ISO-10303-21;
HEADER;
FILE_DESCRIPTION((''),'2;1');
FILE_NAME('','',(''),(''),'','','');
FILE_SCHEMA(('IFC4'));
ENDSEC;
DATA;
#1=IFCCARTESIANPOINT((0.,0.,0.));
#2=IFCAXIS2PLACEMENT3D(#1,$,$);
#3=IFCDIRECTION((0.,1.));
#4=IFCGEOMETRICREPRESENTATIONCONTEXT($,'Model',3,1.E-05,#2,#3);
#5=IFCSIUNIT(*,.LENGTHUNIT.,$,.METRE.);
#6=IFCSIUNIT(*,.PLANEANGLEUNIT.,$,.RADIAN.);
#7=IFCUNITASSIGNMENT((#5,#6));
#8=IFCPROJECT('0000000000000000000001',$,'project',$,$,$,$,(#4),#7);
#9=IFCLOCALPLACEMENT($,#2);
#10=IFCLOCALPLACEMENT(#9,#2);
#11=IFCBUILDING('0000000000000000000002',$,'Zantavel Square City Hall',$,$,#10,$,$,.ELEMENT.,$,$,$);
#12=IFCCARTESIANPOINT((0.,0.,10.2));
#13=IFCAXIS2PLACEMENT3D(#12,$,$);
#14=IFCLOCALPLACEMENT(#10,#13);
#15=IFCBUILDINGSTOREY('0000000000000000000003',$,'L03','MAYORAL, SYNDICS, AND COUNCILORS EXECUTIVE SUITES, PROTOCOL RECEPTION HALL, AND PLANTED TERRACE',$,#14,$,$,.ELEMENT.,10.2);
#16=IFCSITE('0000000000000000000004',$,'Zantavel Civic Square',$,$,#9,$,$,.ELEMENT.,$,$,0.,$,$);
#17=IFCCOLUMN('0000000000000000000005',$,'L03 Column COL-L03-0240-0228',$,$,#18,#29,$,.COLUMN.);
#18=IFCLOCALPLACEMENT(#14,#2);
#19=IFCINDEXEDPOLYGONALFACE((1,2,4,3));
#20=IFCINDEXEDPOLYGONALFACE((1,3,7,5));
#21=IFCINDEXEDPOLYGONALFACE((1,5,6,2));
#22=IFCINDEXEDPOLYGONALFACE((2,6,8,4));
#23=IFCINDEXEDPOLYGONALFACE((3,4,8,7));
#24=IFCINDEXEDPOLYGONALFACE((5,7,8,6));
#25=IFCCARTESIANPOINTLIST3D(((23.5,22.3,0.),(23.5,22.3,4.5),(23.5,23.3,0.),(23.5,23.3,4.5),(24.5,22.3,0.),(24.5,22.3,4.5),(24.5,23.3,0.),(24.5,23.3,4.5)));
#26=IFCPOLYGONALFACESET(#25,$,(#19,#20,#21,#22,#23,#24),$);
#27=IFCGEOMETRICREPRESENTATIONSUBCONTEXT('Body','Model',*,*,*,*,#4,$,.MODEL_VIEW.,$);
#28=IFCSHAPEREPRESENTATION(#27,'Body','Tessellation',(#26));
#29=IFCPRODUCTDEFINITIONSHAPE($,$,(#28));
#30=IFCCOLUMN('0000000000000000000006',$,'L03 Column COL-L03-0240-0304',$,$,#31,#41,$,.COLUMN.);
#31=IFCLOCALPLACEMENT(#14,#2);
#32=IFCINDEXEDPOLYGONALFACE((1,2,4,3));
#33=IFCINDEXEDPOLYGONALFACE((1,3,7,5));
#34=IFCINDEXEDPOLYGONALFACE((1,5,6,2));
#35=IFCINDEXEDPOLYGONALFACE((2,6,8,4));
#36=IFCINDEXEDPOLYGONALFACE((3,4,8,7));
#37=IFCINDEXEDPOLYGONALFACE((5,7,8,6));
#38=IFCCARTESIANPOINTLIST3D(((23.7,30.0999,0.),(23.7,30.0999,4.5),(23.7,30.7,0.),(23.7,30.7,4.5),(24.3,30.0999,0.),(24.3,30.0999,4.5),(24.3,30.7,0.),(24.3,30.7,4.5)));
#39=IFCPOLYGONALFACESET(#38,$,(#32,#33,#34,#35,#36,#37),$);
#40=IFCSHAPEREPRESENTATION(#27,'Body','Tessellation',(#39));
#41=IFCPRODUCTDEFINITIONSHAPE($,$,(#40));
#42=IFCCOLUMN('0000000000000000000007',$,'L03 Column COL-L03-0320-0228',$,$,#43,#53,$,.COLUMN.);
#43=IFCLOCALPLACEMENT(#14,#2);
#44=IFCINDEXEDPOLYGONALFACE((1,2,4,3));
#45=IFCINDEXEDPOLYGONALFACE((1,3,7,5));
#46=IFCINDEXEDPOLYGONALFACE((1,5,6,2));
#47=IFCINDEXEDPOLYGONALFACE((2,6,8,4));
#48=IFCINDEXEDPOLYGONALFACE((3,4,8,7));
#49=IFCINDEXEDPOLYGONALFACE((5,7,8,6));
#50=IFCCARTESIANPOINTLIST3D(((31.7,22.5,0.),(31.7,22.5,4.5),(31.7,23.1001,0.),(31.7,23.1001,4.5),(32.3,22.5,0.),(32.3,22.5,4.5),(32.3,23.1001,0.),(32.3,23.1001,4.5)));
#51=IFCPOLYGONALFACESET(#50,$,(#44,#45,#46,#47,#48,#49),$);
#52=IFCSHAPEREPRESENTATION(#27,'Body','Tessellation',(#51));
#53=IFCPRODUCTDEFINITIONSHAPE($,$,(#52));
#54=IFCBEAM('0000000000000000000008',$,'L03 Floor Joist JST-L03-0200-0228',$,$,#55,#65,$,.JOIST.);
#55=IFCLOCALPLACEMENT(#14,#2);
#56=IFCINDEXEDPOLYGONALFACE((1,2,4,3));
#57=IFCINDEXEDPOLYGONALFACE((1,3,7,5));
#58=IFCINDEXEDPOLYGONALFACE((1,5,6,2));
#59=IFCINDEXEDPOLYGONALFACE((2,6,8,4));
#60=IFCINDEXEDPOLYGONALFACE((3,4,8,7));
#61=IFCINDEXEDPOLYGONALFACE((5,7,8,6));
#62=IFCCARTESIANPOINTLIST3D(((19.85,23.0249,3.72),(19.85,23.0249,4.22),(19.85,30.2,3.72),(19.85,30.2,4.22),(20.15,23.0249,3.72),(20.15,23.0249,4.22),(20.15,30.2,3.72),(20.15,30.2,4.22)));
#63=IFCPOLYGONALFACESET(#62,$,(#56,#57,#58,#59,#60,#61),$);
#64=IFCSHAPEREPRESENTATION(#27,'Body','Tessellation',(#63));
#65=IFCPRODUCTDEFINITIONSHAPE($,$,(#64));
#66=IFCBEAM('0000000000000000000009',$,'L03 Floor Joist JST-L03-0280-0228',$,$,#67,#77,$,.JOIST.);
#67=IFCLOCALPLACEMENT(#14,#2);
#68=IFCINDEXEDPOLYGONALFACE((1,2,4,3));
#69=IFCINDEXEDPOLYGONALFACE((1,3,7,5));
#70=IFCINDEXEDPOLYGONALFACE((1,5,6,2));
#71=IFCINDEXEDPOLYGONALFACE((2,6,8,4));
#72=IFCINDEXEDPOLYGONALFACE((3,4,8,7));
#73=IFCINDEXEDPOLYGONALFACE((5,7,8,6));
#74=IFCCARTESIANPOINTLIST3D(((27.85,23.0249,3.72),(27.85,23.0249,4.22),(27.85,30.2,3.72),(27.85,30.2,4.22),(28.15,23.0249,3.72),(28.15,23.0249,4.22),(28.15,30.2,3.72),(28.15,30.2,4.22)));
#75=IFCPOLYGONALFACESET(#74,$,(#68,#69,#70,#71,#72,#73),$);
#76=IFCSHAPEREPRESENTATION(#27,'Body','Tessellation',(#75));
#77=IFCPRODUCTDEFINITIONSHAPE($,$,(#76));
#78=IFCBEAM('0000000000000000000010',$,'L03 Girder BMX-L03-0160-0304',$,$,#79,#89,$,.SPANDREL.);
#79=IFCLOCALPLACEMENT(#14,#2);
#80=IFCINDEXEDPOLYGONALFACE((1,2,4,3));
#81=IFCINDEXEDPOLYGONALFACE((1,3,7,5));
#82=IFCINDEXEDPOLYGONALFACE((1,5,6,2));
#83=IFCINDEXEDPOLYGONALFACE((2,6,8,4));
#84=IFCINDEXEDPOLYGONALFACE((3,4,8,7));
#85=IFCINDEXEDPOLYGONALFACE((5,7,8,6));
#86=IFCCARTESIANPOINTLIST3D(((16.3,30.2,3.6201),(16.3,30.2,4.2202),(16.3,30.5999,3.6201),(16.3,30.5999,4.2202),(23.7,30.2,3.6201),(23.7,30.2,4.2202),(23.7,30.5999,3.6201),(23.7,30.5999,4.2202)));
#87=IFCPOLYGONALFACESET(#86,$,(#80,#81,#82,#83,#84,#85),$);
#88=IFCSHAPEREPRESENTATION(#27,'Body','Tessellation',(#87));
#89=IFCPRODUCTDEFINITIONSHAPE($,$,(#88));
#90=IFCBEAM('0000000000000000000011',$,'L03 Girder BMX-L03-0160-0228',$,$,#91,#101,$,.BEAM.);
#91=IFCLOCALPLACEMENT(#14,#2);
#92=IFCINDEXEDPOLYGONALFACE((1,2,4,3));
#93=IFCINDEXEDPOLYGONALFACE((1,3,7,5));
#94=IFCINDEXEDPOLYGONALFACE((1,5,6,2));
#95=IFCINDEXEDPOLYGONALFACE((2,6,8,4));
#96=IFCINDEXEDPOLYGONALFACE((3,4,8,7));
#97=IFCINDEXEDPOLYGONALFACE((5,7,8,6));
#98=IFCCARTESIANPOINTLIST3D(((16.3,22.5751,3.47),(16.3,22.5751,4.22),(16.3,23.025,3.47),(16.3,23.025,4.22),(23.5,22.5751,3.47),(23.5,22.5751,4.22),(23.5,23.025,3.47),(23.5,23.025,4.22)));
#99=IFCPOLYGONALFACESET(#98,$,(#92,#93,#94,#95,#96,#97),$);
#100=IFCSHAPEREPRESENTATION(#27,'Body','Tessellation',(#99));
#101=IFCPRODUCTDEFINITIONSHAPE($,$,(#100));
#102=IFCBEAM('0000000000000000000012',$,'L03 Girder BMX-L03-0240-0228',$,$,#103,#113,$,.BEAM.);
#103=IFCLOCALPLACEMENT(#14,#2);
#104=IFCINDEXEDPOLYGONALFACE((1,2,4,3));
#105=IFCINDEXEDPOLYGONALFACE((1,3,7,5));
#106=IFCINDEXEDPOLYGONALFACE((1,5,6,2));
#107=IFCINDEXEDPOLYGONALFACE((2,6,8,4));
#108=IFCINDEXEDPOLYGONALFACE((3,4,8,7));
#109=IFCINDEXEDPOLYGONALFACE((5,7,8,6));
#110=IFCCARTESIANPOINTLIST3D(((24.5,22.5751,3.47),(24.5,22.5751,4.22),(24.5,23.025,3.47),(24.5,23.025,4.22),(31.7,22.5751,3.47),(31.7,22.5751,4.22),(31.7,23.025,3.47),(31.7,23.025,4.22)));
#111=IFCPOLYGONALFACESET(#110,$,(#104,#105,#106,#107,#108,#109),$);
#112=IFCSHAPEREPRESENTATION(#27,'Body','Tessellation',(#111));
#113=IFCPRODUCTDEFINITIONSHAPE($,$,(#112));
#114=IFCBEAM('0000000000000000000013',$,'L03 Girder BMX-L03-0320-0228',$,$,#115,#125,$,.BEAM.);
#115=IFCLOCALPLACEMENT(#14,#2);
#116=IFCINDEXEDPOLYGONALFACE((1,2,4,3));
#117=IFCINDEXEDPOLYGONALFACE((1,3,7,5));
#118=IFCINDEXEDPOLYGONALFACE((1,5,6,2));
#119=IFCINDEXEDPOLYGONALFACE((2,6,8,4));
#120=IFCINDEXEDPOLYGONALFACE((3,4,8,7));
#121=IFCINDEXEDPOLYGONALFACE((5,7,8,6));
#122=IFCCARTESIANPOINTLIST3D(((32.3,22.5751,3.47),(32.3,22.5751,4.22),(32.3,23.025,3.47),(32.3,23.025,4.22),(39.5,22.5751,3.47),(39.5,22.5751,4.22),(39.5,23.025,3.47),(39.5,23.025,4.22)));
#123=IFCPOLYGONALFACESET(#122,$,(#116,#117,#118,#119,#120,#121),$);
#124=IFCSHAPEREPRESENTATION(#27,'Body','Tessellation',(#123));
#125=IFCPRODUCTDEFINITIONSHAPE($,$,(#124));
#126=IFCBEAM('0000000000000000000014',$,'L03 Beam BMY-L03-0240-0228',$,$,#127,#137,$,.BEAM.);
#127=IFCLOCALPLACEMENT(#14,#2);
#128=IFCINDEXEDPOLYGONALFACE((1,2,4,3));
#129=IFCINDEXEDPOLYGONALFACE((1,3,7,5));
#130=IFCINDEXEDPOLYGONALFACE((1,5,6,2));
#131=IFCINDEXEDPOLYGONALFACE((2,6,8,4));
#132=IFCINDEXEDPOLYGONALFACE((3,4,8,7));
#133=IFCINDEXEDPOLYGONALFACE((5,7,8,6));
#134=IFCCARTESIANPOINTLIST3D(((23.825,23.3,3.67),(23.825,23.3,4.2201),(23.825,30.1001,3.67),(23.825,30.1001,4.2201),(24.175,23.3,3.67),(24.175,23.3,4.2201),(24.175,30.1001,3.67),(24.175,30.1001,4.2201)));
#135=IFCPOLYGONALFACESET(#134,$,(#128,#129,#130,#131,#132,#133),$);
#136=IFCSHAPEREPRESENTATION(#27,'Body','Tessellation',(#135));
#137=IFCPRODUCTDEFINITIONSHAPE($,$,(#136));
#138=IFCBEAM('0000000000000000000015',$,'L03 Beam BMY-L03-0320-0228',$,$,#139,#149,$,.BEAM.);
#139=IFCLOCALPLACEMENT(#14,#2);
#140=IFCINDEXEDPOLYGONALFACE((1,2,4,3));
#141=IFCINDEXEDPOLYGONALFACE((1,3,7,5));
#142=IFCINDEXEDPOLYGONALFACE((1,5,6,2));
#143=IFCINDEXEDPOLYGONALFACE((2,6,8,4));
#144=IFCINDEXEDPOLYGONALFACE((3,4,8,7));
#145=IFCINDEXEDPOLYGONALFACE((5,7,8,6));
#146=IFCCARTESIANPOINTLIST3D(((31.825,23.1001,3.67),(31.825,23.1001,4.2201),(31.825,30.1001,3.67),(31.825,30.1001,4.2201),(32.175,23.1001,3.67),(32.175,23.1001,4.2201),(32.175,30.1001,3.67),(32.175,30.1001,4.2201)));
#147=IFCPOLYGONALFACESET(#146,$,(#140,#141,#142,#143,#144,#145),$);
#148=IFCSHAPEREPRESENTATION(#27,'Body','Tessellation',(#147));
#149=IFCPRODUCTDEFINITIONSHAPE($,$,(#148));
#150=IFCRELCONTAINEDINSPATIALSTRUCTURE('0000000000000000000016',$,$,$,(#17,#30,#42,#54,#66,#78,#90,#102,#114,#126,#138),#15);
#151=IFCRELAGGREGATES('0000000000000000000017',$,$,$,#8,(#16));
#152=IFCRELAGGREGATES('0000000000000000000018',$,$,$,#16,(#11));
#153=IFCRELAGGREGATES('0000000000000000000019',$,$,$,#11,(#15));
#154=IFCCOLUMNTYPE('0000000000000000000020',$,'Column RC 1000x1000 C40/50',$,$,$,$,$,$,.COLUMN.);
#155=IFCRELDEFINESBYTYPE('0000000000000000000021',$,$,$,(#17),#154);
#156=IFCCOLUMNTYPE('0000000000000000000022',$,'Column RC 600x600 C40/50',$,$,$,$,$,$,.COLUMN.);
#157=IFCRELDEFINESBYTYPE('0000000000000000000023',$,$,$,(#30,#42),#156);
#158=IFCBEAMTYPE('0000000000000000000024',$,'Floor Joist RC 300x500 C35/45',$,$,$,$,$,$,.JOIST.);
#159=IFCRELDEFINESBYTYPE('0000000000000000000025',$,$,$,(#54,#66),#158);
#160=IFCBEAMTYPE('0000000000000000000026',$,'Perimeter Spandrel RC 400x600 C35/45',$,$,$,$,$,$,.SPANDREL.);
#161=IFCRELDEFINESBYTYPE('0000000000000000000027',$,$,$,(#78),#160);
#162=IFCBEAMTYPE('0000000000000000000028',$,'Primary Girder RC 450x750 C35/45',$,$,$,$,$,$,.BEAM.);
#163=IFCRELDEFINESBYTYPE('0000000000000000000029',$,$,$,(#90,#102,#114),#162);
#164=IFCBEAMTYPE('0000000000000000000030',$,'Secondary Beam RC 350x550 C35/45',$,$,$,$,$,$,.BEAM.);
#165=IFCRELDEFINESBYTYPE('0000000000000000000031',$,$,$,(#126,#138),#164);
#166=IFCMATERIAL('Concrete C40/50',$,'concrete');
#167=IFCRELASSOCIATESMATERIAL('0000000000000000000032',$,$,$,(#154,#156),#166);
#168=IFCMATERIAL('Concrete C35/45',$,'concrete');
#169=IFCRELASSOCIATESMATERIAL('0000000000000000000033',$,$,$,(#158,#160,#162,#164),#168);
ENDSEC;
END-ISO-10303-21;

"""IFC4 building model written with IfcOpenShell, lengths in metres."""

from ifc_helpers import new_model, si_unit, direction, frame, origin, origin_2d, place, context, subcontext, project, spatial, rectangle, extrude, material, material_profile, profile_set, type_object, element, save


model = new_model("IFC4")

# Units and contexts
model_context = context("Model", 3, precision=1e-05, world=origin(), true_north=direction((0.0, 1.0)))
body_context = subcontext(model_context, "Body", "Model", "MODEL_VIEW")
ifc_project = project(units=[si_unit("LENGTHUNIT", "METRE"), si_unit("PLANEANGLEUNIT", "RADIAN")], contexts=[model_context])

# Site, building, storey
site_placement = place(None, origin())
site = spatial("IfcSite", under=ifc_project, at=site_placement, Name="Zantavel Civic Square", CompositionType="ELEMENT", RefElevation=0.0)
building_placement = place(site_placement, origin())
building = spatial("IfcBuilding", under=site, at=building_placement, Name="Zantavel Square City Hall", CompositionType="ELEMENT")
storey_placement = place(building_placement, frame((0.0, 0.0, 10.2)))
storey = spatial("IfcBuildingStorey", under=building, at=storey_placement, Name="L03", Description="MAYORAL, SYNDICS, AND COUNCILORS EXECUTIVE SUITES, PROTOCOL RECEPTION HALL, AND PLANTED TERRACE", CompositionType="ELEMENT", Elevation=10.2)

# Columns
ifc_material_1 = material(Name="Concrete C40/50", Category="concrete")
ifc_material_profile_1 = material_profile(ifc_material_1, rectangle(XDim=1.0, YDim=1.0, at=origin_2d()), Name="RC 1000x1000")
ifc_profile_set_1 = profile_set([ifc_material_profile_1], Name="Concrete C40/50")
column_type_1 = type_object("IfcColumnType", Name="Column RC 1000x1000 C40/50", PredefinedType="COLUMN", material=ifc_profile_set_1)
column_placement = place(storey_placement, frame((24.0, 22.8, 0.0), z_axis=(0.0, 0.0, 1.0), x_axis=(1.0, 0.0, 0.0)))
element("IfcColumn", 1, at=column_placement, inside=storey, type_object=column_type_1, Name="L03 Column COL-L03-0240-0228", PredefinedType="COLUMN", context=body_context, shape_type="SweptSolid", body=[
    extrude(rectangle(XDim=1.0, YDim=1.0, at=origin_2d()), origin(), (0.0, 0.0, 1.0), 4.5),
])
ifc_material_profile_2 = material_profile(ifc_material_1, rectangle(XDim=0.6001, YDim=0.6001, at=origin_2d()), Name="RC 600x600")
ifc_profile_set_2 = profile_set([ifc_material_profile_2], Name="Concrete C40/50")
column_type_2 = type_object("IfcColumnType", Name="Column RC 600x600 C40/50", PredefinedType="COLUMN", material=ifc_profile_set_2)
for number, where, z_axis, x_axis, name in (
    (2, (24.0, 30.3999, 0.0), (0.0, 0.0, 1.0), (1.0, 0.0, 0.0), "L03 Column COL-L03-0240-0304"),
    (3, (32.0, 22.8, 0.0), (0.0, 0.0, 1.0), (1.0, 0.0, 0.0), "L03 Column COL-L03-0320-0228"),
):
    element("IfcColumn", number, at=place(storey_placement, frame(where, z_axis=z_axis, x_axis=x_axis)), inside=storey, type_object=column_type_2, Name=name, PredefinedType="COLUMN", context=body_context, shape_type="SweptSolid", body=[
        extrude(rectangle(XDim=0.6001, YDim=0.6001, at=origin_2d()), origin(), (0.0, 0.0, 1.0), 4.5),
    ])

# Beams
ifc_material_2 = material(Name="Concrete C35/45", Category="concrete")
ifc_material_profile_3 = material_profile(ifc_material_2, rectangle(XDim=0.3, YDim=0.5, at=origin_2d()), Name="RC 300x500")
ifc_profile_set_3 = profile_set([ifc_material_profile_3], Name="Concrete C35/45")
beam_type_1 = type_object("IfcBeamType", Name="Floor Joist RC 300x500 C35/45", PredefinedType="JOIST", material=ifc_profile_set_3)
for number, where, z_axis, x_axis, name in (
    (4, (20.0, 23.0249, 3.97), (0.0, 1.0, 0.0), (-1.0, 0.0, 0.0), "L03 Floor Joist JST-L03-0200-0228"),
    (5, (28.0, 23.0249, 3.97), (0.0, 1.0, 0.0), (-1.0, 0.0, 0.0), "L03 Floor Joist JST-L03-0280-0228"),
):
    element("IfcBeam", number, at=place(storey_placement, frame(where, z_axis=z_axis, x_axis=x_axis)), inside=storey, type_object=beam_type_1, Name=name, PredefinedType="JOIST", context=body_context, shape_type="SweptSolid", body=[
        extrude(rectangle(XDim=0.3, YDim=0.5, at=origin_2d()), origin(), (0.0, 0.0, 1.0), 7.175),
    ])
ifc_material_profile_4 = material_profile(ifc_material_2, rectangle(XDim=0.3999, YDim=0.6001, at=origin_2d()), Name="RC 400x600")
ifc_profile_set_4 = profile_set([ifc_material_profile_4], Name="Concrete C35/45")
beam_type_2 = type_object("IfcBeamType", Name="Perimeter Spandrel RC 400x600 C35/45", PredefinedType="SPANDREL", material=ifc_profile_set_4)
beam_1_placement = place(storey_placement, frame((16.3, 30.3999, 3.9202), z_axis=(1.0, 0.0, 0.0), x_axis=(0.0, 1.0, 0.0)))
element("IfcBeam", 6, at=beam_1_placement, inside=storey, type_object=beam_type_2, Name="L03 Girder BMX-L03-0160-0304", PredefinedType="SPANDREL", context=body_context, shape_type="SweptSolid", body=[
    extrude(rectangle(XDim=0.3999, YDim=0.6001, at=origin_2d()), origin(), (0.0, 0.0, 1.0), 7.3999),
])
ifc_material_profile_5 = material_profile(ifc_material_2, rectangle(XDim=0.45, YDim=0.75, at=origin_2d()), Name="RC 450x750")
ifc_profile_set_5 = profile_set([ifc_material_profile_5], Name="Concrete C35/45")
beam_type_3 = type_object("IfcBeamType", Name="Primary Girder RC 450x750 C35/45", PredefinedType="BEAM", material=ifc_profile_set_5)
for number, where, z_axis, x_axis, name in (
    (7, (16.3, 22.8, 3.845), (1.0, 0.0, 0.0), (0.0, 1.0, 0.0), "L03 Girder BMX-L03-0160-0228"),
    (8, (24.5, 22.8, 3.845), (1.0, 0.0, 0.0), (0.0, 1.0, 0.0), "L03 Girder BMX-L03-0240-0228"),
    (9, (32.3, 22.8, 3.845), (1.0, 0.0, 0.0), (0.0, 1.0, 0.0), "L03 Girder BMX-L03-0320-0228"),
):
    element("IfcBeam", number, at=place(storey_placement, frame(where, z_axis=z_axis, x_axis=x_axis)), inside=storey, type_object=beam_type_3, Name=name, PredefinedType="BEAM", context=body_context, shape_type="SweptSolid", body=[
        extrude(rectangle(XDim=0.45, YDim=0.75, at=origin_2d()), origin(), (0.0, 0.0, 1.0), 7.2),
    ])
ifc_material_profile_6 = material_profile(ifc_material_2, rectangle(XDim=0.3501, YDim=0.55, at=origin_2d()), Name="RC 350x550")
ifc_profile_set_6 = profile_set([ifc_material_profile_6], Name="Concrete C35/45")
beam_type_4 = type_object("IfcBeamType", Name="Secondary Beam RC 350x550 C35/45", PredefinedType="BEAM", material=ifc_profile_set_6)
beam_2_placement = place(storey_placement, frame((24.0, 23.3, 3.9451), z_axis=(0.0, 1.0, 0.0), x_axis=(-1.0, 0.0, 0.0)))
element("IfcBeam", 10, at=beam_2_placement, inside=storey, type_object=beam_type_4, Name="L03 Beam BMY-L03-0240-0228", PredefinedType="BEAM", context=body_context, shape_type="SweptSolid", body=[
    extrude(rectangle(XDim=0.3501, YDim=0.55, at=origin_2d()), origin(), (0.0, 0.0, 1.0), 6.8),
])
beam_3_placement = place(storey_placement, frame((32.0, 23.1001, 3.9451), z_axis=(0.0, 1.0, 0.0), x_axis=(-1.0, 0.0, 0.0)))
element("IfcBeam", 11, at=beam_3_placement, inside=storey, type_object=beam_type_4, Name="L03 Beam BMY-L03-0320-0228", PredefinedType="BEAM", context=body_context, shape_type="SweptSolid", body=[
    extrude(rectangle(XDim=0.3501, YDim=0.55, at=origin_2d()), origin(), (0.0, 0.0, 1.0), 7.0),
])

save(model, "model.ifc")
